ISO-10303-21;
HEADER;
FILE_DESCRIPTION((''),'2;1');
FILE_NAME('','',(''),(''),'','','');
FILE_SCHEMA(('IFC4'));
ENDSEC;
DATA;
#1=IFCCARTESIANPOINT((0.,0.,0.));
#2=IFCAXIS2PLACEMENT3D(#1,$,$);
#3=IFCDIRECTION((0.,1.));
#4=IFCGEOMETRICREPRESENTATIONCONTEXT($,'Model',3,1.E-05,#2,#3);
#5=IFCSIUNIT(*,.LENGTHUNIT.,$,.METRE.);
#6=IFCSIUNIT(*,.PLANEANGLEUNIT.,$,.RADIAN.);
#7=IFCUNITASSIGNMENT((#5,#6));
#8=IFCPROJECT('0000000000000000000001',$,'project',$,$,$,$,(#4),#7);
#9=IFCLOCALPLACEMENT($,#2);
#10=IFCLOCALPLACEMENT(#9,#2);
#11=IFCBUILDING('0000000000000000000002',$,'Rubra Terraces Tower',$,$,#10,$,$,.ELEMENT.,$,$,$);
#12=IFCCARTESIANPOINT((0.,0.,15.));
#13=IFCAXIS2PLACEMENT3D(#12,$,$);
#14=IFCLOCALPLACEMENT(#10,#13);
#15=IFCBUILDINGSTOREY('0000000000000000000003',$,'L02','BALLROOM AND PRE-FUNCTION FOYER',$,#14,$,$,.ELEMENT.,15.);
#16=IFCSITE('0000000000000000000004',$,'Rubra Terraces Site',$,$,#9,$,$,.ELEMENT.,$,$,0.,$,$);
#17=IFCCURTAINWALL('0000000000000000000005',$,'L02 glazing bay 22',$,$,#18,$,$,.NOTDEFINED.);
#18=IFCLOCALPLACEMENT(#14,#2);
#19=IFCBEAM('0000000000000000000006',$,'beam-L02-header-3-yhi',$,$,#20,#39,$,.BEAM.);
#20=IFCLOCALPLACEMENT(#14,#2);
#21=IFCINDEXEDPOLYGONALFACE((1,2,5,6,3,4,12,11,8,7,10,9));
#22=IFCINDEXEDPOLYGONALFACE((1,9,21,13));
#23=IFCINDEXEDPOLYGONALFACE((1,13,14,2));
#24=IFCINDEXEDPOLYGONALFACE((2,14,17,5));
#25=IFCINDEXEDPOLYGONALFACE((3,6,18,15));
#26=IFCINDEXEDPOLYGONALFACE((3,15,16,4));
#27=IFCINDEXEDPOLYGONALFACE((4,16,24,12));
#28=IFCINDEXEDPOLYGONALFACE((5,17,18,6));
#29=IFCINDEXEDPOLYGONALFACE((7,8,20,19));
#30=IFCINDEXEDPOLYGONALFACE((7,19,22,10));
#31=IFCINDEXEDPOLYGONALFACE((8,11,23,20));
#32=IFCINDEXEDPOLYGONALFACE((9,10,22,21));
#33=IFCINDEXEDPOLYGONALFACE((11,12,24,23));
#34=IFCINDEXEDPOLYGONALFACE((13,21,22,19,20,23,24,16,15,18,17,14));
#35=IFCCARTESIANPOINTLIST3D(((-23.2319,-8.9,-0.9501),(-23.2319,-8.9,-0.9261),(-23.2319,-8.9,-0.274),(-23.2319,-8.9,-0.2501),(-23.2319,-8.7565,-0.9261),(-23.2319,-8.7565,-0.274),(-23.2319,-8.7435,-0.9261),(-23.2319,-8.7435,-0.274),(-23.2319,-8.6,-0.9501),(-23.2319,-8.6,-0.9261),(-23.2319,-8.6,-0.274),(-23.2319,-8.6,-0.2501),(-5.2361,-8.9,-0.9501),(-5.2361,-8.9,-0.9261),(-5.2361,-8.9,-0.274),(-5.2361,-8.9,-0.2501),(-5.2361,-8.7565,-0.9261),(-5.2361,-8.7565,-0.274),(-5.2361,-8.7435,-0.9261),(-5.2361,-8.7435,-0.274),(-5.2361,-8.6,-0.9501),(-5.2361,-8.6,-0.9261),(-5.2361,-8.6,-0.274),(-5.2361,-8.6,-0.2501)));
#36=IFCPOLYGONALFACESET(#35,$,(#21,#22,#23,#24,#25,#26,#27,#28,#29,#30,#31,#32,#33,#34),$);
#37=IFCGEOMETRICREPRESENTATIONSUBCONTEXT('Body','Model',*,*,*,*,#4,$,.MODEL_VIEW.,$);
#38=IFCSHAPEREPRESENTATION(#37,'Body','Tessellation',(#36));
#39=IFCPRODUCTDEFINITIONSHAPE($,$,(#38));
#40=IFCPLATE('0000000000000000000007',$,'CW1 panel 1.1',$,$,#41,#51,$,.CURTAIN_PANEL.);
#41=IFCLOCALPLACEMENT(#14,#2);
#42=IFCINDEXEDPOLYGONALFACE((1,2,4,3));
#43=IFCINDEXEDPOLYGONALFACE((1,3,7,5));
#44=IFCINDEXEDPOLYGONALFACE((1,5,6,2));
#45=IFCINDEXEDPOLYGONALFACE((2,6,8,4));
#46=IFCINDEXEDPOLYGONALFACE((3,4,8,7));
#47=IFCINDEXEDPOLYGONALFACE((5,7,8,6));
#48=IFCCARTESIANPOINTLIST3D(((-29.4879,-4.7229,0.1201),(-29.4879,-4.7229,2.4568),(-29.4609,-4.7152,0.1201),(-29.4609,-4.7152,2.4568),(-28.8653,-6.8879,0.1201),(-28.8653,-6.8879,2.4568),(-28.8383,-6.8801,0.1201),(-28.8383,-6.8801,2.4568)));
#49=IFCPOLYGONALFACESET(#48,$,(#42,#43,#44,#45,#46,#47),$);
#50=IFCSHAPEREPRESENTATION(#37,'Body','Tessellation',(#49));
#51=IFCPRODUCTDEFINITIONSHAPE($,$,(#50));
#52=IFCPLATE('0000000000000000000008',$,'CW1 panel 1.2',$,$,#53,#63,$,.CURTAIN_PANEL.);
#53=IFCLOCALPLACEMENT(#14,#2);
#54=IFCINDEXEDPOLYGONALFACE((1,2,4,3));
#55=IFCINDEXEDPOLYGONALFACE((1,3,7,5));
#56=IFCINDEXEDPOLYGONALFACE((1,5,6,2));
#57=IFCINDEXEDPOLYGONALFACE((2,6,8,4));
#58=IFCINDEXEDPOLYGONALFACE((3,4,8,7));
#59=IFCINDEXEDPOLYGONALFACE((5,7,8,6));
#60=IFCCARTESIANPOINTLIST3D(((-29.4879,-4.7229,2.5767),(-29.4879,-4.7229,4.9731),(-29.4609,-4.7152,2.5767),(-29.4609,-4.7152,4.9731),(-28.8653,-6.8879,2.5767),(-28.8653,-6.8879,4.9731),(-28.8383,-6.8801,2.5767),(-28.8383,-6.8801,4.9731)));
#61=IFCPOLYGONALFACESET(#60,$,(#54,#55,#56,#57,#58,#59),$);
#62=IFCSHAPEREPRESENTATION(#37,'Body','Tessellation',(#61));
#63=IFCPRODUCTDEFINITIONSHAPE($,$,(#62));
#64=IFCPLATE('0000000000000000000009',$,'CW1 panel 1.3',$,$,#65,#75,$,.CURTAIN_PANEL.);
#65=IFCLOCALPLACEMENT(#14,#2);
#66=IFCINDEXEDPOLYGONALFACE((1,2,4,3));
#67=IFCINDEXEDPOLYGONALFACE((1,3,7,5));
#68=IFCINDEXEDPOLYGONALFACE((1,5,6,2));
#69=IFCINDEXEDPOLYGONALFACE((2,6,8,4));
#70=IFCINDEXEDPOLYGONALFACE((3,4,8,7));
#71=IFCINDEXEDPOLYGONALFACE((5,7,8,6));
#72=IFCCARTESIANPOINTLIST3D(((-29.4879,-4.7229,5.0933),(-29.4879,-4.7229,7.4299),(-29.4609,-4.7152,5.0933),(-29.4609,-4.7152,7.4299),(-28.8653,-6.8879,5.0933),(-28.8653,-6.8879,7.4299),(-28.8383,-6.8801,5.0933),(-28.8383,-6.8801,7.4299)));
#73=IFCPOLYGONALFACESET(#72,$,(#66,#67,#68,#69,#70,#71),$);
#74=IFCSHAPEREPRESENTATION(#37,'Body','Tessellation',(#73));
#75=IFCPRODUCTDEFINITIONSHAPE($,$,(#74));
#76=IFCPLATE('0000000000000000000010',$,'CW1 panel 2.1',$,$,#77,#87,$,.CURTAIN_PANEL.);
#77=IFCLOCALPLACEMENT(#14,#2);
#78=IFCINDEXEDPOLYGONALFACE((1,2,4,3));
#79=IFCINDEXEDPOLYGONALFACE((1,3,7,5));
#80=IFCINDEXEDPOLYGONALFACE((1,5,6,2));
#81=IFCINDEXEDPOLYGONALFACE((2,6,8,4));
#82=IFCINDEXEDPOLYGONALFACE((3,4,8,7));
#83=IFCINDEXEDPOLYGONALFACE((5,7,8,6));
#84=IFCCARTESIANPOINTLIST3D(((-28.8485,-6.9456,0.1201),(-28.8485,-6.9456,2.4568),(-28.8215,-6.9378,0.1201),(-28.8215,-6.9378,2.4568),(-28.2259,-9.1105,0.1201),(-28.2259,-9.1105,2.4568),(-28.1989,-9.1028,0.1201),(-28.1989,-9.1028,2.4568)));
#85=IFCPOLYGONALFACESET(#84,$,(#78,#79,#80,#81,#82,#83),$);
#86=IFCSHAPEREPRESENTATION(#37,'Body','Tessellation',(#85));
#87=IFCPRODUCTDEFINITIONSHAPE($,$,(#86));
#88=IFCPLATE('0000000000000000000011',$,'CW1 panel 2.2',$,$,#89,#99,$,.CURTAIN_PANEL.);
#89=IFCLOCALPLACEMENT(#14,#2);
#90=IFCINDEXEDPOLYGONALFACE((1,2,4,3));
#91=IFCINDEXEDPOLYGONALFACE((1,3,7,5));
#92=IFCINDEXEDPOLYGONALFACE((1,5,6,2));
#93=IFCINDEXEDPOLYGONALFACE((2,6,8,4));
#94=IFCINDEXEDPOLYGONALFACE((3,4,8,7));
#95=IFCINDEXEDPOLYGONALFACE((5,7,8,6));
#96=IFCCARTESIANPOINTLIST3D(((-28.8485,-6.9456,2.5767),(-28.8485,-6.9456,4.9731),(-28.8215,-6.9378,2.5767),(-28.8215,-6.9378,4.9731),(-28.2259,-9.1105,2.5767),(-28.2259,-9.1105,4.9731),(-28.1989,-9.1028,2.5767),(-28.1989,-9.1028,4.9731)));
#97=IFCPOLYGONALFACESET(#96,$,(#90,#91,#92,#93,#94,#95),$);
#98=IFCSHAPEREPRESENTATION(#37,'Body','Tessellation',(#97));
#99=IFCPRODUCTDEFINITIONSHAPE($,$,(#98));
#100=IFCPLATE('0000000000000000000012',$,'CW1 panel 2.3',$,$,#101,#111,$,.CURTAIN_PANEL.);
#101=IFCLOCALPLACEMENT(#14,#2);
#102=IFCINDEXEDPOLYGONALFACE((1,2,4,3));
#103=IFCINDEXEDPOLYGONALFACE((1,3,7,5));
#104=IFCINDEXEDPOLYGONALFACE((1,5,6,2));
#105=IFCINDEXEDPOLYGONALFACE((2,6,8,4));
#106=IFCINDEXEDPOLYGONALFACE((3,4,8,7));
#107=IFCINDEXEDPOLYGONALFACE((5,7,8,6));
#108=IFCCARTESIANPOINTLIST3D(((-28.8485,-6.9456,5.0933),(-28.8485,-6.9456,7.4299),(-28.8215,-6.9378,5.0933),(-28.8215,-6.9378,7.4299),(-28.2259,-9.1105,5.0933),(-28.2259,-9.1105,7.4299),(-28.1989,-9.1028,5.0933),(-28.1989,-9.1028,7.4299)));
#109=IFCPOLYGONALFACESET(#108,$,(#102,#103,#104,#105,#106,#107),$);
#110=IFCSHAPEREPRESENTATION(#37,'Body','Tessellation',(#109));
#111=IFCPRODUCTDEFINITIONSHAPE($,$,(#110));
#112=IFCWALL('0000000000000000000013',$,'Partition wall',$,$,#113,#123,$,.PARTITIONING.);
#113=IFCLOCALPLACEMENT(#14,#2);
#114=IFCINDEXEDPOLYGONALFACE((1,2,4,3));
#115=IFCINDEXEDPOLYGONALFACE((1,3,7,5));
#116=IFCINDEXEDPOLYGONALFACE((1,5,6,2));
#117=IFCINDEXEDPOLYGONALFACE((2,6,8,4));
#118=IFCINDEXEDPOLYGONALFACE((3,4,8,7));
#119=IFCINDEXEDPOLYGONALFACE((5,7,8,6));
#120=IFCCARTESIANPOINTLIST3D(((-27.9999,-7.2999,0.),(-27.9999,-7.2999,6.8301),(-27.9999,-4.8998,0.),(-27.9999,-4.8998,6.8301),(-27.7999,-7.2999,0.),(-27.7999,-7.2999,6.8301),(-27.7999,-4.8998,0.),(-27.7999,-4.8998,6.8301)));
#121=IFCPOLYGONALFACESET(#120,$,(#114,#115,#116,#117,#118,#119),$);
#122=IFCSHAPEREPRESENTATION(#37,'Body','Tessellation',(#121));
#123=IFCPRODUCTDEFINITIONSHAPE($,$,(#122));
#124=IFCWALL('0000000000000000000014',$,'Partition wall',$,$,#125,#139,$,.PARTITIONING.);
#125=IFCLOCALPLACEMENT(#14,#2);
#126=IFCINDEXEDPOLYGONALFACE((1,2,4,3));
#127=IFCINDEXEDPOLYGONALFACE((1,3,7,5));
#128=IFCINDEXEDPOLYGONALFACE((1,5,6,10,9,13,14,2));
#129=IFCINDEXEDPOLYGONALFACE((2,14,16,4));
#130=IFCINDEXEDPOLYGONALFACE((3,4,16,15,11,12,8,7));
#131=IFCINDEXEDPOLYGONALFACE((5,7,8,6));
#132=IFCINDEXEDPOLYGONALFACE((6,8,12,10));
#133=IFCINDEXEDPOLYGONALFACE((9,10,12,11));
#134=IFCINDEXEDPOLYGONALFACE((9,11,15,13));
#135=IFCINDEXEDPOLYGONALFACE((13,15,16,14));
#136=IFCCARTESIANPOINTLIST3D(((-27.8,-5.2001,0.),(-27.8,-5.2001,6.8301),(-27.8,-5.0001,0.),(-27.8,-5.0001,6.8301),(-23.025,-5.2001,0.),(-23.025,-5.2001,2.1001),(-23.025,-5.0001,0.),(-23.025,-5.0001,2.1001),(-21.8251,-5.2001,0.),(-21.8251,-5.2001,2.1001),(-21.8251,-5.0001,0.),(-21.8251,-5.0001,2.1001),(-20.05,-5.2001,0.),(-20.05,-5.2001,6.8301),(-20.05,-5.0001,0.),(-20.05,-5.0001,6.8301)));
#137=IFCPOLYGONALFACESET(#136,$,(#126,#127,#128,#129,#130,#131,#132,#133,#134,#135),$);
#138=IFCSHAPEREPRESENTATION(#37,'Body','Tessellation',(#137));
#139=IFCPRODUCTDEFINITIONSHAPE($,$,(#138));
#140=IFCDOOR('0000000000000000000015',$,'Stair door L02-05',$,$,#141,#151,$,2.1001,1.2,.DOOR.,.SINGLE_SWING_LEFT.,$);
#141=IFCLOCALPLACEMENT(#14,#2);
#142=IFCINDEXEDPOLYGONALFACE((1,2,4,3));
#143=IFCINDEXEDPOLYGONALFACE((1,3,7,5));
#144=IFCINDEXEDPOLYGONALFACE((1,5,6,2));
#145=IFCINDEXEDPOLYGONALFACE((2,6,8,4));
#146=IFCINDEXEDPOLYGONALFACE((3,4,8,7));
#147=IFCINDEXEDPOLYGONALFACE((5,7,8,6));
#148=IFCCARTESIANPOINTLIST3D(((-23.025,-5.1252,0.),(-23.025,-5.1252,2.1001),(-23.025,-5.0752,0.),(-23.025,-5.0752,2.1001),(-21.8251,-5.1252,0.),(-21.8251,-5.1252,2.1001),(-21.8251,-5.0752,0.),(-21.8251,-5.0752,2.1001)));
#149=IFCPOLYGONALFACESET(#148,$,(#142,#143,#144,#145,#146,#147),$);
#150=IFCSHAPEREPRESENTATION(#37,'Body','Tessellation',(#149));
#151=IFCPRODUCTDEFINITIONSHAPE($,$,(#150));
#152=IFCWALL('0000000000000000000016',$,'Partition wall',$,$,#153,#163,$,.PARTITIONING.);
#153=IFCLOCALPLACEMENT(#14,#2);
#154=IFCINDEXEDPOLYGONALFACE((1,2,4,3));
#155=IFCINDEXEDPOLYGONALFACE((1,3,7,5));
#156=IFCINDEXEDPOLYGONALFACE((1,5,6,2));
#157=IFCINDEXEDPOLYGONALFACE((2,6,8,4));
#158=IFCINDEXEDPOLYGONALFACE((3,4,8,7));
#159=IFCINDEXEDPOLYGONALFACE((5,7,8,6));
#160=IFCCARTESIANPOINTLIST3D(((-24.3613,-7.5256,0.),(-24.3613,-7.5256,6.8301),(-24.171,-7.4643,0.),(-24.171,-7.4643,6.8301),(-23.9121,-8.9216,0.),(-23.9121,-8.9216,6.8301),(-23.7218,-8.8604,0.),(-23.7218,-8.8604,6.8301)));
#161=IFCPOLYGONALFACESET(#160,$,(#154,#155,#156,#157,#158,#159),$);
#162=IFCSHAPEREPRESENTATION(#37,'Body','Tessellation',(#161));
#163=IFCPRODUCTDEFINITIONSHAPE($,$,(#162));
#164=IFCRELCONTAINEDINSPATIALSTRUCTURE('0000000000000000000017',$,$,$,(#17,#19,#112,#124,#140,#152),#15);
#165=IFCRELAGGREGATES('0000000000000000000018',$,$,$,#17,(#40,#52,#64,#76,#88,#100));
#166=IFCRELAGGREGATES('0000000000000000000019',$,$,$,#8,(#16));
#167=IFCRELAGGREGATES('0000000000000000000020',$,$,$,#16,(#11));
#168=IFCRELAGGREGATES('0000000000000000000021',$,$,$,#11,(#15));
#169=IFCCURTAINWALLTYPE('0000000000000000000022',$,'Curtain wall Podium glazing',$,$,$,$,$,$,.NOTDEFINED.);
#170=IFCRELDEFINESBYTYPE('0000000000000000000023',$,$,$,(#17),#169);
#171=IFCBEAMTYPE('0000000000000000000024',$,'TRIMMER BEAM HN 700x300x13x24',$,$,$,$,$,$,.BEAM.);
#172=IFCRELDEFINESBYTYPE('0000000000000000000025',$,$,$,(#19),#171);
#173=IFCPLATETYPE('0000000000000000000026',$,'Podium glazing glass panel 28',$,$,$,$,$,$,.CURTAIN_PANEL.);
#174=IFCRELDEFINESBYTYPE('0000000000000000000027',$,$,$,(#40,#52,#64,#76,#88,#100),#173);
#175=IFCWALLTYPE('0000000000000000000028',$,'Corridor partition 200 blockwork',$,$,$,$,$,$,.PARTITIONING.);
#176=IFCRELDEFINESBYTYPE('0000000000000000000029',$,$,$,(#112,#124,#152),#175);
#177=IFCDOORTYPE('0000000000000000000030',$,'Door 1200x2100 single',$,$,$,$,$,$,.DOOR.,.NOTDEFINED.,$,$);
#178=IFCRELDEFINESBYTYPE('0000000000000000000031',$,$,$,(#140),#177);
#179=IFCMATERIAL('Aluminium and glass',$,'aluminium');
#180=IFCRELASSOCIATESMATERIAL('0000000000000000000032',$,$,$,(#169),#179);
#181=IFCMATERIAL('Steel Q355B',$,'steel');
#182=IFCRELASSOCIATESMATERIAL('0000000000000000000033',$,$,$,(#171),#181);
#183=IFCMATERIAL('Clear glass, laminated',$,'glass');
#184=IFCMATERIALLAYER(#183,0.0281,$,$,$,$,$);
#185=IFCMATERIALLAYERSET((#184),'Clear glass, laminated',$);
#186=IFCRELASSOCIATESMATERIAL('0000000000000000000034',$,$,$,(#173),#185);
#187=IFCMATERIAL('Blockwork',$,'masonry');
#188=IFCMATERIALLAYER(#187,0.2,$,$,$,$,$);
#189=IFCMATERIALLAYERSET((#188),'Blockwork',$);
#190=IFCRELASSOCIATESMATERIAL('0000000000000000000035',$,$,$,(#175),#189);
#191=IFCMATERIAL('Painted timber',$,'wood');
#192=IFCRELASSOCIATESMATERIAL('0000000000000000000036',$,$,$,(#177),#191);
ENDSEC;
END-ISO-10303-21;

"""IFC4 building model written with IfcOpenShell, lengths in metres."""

from ifc_helpers import new_model, si_unit, direction, frame, frame_2d, origin, origin_2d, place, context, subcontext, project, spatial, rectangle, i_section, extrude, material, layer, layer_set, material_profile, profile_set, type_object, element, fill, aggregate, save


model = new_model("IFC4")

# Units and contexts
model_context = context("Model", 3, precision=1e-05, world=origin(), true_north=direction((0.0, 1.0)))
body_context = subcontext(model_context, "Body", "Model", "MODEL_VIEW")
ifc_project = project(units=[si_unit("LENGTHUNIT", "METRE"), si_unit("PLANEANGLEUNIT", "RADIAN")], contexts=[model_context])

# Site, building, storey
site_placement = place(None, origin())
site = spatial("IfcSite", under=ifc_project, at=site_placement, Name="Rubra Terraces Site", CompositionType="ELEMENT", RefElevation=0.0)
building_placement = place(site_placement, origin())
building = spatial("IfcBuilding", under=site, at=building_placement, Name="Rubra Terraces Tower", CompositionType="ELEMENT")
storey_placement = place(building_placement, frame((0.0, 0.0, 15.0)))
storey = spatial("IfcBuildingStorey", under=building, at=storey_placement, Name="L02", Description="BALLROOM AND PRE-FUNCTION FOYER", CompositionType="ELEMENT", Elevation=15.0)

# Shared definitions
ifc_material_1 = material(Name="Steel Q355B", Category="steel")

# Curtain wall
ifc_material_2 = material(Name="Aluminium and glass", Category="aluminium")
curtain_wall_type = type_object("IfcCurtainWallType", Name="Curtain wall Podium glazing", PredefinedType="NOTDEFINED", material=ifc_material_2)
curtain_wall_1_placement = place(storey_placement, origin())
curtain_wall_1 = element("IfcCurtainWall", 1, at=curtain_wall_1_placement, inside=storey, type_object=curtain_wall_type, Name="L02 glazing bay 22", PredefinedType="NOTDEFINED")

# Beam
ifc_material_profile_1 = material_profile(ifc_material_1, i_section(OverallWidth=0.3, OverallDepth=0.7, WebThickness=0.0129, FlangeThickness=0.0239, at=origin_2d()), Name="HN 700x300x13x24")
ifc_profile_set_1 = profile_set([ifc_material_profile_1], Name="Steel Q355B")
beam_type_1 = type_object("IfcBeamType", Name="TRIMMER BEAM HN 700x300x13x24", PredefinedType="BEAM", material=ifc_profile_set_1)
beam_1_placement = place(storey_placement, frame((-23.2319, -8.75, -0.6001), z_axis=(1.0, 0.0, 0.0), x_axis=(0.0, 1.0, 0.0)))
element("IfcBeam", 2, at=beam_1_placement, inside=storey, type_object=beam_type_1, Name="beam-L02-header-3-yhi", PredefinedType="BEAM", context=body_context, shape_type="SweptSolid", body=[
    extrude(i_section(OverallWidth=0.3, OverallDepth=0.7, WebThickness=0.0129, FlangeThickness=0.0239, at=origin_2d()), origin(), (0.0, 0.0, 1.0), 17.9958),
])

# Plates
ifc_material_3 = material(Name="Clear glass, laminated", Category="glass")
ifc_layer_1 = layer(ifc_material_3, 0.0281)
ifc_layer_set_1 = layer_set([ifc_layer_1], Name="Clear glass, laminated")
plate_type = type_object("IfcPlateType", Name="Podium glazing glass panel 28", PredefinedType="CURTAIN_PANEL", material=ifc_layer_set_1)
plate_1_placement = place(storey_placement, frame((-29.1631, -5.8015, 0.1201), z_axis=(0.0, 0.0, 1.0), x_axis=(0.276384, -0.961047, 0.0)))
plate_1 = element("IfcPlate", 3, at=plate_1_placement, type_object=plate_type, Name="CW1 panel 1.1", PredefinedType="CURTAIN_PANEL", context=body_context, shape_type="SweptSolid", body=[
    extrude(rectangle(XDim=2.2527, YDim=0.0281, at=origin_2d()), origin(), (0.0, 0.0, 1.0), 2.3367),
])
plate_2_placement = place(storey_placement, frame((-29.1631, -5.8015, 2.5767), z_axis=(0.0, 0.0, 1.0), x_axis=(0.276384, -0.961047, 0.0)))
plate_2 = element("IfcPlate", 4, at=plate_2_placement, type_object=plate_type, Name="CW1 panel 1.2", PredefinedType="CURTAIN_PANEL", context=body_context, shape_type="SweptSolid", body=[
    extrude(rectangle(XDim=2.2527, YDim=0.0281, at=origin_2d()), origin(), (0.0, 0.0, 1.0), 2.3965),
])
plate_3_placement = place(storey_placement, frame((-29.1631, -5.8015, 5.0933), z_axis=(0.0, 0.0, 1.0), x_axis=(0.276384, -0.961047, 0.0)))
plate_3 = element("IfcPlate", 5, at=plate_3_placement, type_object=plate_type, Name="CW1 panel 1.3", PredefinedType="CURTAIN_PANEL", context=body_context, shape_type="SweptSolid", body=[
    extrude(rectangle(XDim=2.2527, YDim=0.0281, at=origin_2d()), origin(), (0.0, 0.0, 1.0), 2.3367),
])
plate_4_placement = place(storey_placement, frame((-28.5237, -8.0242, 0.1201), z_axis=(0.0, 0.0, 1.0), x_axis=(0.276384, -0.961047, 0.0)))
plate_4 = element("IfcPlate", 6, at=plate_4_placement, type_object=plate_type, Name="CW1 panel 2.1", PredefinedType="CURTAIN_PANEL", context=body_context, shape_type="SweptSolid", body=[
    extrude(rectangle(XDim=2.2527, YDim=0.0281, at=origin_2d()), origin(), (0.0, 0.0, 1.0), 2.3367),
])
plate_5_placement = place(storey_placement, frame((-28.5237, -8.0242, 2.5767), z_axis=(0.0, 0.0, 1.0), x_axis=(0.276384, -0.961047, 0.0)))
plate_5 = element("IfcPlate", 7, at=plate_5_placement, type_object=plate_type, Name="CW1 panel 2.2", PredefinedType="CURTAIN_PANEL", context=body_context, shape_type="SweptSolid", body=[
    extrude(rectangle(XDim=2.2527, YDim=0.0281, at=origin_2d()), origin(), (0.0, 0.0, 1.0), 2.3965),
])
plate_6_placement = place(storey_placement, frame((-28.5237, -8.0242, 5.0933), z_axis=(0.0, 0.0, 1.0), x_axis=(0.276384, -0.961047, 0.0)))
plate_6 = element("IfcPlate", 8, at=plate_6_placement, type_object=plate_type, Name="CW1 panel 2.3", PredefinedType="CURTAIN_PANEL", context=body_context, shape_type="SweptSolid", body=[
    extrude(rectangle(XDim=2.2527, YDim=0.0281, at=origin_2d()), origin(), (0.0, 0.0, 1.0), 2.3367),
])
aggregate(curtain_wall_1, [plate_1, plate_2, plate_3, plate_4, plate_5, plate_6])

# Wall
ifc_material_4 = material(Name="Blockwork", Category="masonry")
ifc_layer_2 = layer(ifc_material_4, 0.2)
ifc_layer_set_2 = layer_set([ifc_layer_2], Name="Blockwork")
wall_type = type_object("IfcWallType", Name="Corridor partition 200 blockwork", PredefinedType="PARTITIONING", material=ifc_layer_set_2)
wall_1_placement = place(storey_placement, frame((-27.8999, -7.3, 0.0), z_axis=(0.0, 0.0, 1.0), x_axis=(0.0, 1.0, 0.0)))
element("IfcWall", 9, at=wall_1_placement, inside=storey, type_object=wall_type, Name="Partition wall", PredefinedType="PARTITIONING", context=body_context, shape_type="SweptSolid", body=[
    extrude(rectangle(XDim=2.4001, YDim=0.2, at=frame_2d((1.2002, 0.0))), origin(), (0.0, 0.0, 1.0), 6.8301),
])

# Wall, opening, door
wall_2_placement = place(storey_placement, frame((-27.8, -5.1001, 0.0), z_axis=(0.0, 0.0, 1.0), x_axis=(1.0, 0.0, 0.0)))
wall_2 = element("IfcWall", 10, at=wall_2_placement, inside=storey, type_object=wall_type, Name="Partition wall", PredefinedType="PARTITIONING", context=body_context, shape_type="SweptSolid", body=[
    extrude(rectangle(XDim=7.75, YDim=0.2, at=frame_2d((3.875, 0.0))), origin(), (0.0, 0.0, 1.0), 6.8301),
])
opening_placement = place(wall_2_placement, frame((4.7749, 0.0, 0.0)))
opening = element("IfcOpeningElement", 11, at=opening_placement, cuts=wall_2, PredefinedType="OPENING", context=body_context, shape_type="SweptSolid", body=[
    extrude(rectangle(XDim=1.2, YDim=2.1001, at=frame_2d((0.6001, 1.05))), frame((0.0, 0.1099, 0.0), z_axis=(0.0, -1.0, 0.0), x_axis=(1.0, 0.0, 0.0)), (0.0, 0.0, 1.0), 0.22),
])
ifc_material_5 = material(Name="Painted timber", Category="wood")
door_type = type_object("IfcDoorType", Name="Door 1200x2100 single", OperationType="NOTDEFINED", PredefinedType="DOOR", material=ifc_material_5)
door_placement = place(opening_placement, origin())
door = element("IfcDoor", 12, at=door_placement, inside=storey, type_object=door_type, Name="Stair door L02-05", OperationType="SINGLE_SWING_LEFT", OverallHeight=2.1001, OverallWidth=1.2, PredefinedType="DOOR", context=body_context, shape_type="SweptSolid", body=[
    extrude(rectangle(XDim=1.2, YDim=2.1001, at=frame_2d((0.6001, 1.05))), frame((0.0, 0.0249, 0.0), z_axis=(0.0, -1.0, 0.0), x_axis=(1.0, 0.0, 0.0)), (0.0, 0.0, 1.0), 0.05),
])
fill(opening, door)

# Wall
wall_3_placement = place(storey_placement, frame((-23.8169, -8.8911, 0.0), z_axis=(0.0, 0.0, 1.0), x_axis=(-0.306322, 0.951928, 0.0)))
element("IfcWall", 13, at=wall_3_placement, inside=storey, type_object=wall_type, Name="Partition wall", PredefinedType="PARTITIONING", context=body_context, shape_type="SweptSolid", body=[
    extrude(rectangle(XDim=1.4666, YDim=0.2, at=frame_2d((0.7334, 0.0))), origin(), (0.0, 0.0, 1.0), 6.8301),
])

save(model, "model.ifc")
